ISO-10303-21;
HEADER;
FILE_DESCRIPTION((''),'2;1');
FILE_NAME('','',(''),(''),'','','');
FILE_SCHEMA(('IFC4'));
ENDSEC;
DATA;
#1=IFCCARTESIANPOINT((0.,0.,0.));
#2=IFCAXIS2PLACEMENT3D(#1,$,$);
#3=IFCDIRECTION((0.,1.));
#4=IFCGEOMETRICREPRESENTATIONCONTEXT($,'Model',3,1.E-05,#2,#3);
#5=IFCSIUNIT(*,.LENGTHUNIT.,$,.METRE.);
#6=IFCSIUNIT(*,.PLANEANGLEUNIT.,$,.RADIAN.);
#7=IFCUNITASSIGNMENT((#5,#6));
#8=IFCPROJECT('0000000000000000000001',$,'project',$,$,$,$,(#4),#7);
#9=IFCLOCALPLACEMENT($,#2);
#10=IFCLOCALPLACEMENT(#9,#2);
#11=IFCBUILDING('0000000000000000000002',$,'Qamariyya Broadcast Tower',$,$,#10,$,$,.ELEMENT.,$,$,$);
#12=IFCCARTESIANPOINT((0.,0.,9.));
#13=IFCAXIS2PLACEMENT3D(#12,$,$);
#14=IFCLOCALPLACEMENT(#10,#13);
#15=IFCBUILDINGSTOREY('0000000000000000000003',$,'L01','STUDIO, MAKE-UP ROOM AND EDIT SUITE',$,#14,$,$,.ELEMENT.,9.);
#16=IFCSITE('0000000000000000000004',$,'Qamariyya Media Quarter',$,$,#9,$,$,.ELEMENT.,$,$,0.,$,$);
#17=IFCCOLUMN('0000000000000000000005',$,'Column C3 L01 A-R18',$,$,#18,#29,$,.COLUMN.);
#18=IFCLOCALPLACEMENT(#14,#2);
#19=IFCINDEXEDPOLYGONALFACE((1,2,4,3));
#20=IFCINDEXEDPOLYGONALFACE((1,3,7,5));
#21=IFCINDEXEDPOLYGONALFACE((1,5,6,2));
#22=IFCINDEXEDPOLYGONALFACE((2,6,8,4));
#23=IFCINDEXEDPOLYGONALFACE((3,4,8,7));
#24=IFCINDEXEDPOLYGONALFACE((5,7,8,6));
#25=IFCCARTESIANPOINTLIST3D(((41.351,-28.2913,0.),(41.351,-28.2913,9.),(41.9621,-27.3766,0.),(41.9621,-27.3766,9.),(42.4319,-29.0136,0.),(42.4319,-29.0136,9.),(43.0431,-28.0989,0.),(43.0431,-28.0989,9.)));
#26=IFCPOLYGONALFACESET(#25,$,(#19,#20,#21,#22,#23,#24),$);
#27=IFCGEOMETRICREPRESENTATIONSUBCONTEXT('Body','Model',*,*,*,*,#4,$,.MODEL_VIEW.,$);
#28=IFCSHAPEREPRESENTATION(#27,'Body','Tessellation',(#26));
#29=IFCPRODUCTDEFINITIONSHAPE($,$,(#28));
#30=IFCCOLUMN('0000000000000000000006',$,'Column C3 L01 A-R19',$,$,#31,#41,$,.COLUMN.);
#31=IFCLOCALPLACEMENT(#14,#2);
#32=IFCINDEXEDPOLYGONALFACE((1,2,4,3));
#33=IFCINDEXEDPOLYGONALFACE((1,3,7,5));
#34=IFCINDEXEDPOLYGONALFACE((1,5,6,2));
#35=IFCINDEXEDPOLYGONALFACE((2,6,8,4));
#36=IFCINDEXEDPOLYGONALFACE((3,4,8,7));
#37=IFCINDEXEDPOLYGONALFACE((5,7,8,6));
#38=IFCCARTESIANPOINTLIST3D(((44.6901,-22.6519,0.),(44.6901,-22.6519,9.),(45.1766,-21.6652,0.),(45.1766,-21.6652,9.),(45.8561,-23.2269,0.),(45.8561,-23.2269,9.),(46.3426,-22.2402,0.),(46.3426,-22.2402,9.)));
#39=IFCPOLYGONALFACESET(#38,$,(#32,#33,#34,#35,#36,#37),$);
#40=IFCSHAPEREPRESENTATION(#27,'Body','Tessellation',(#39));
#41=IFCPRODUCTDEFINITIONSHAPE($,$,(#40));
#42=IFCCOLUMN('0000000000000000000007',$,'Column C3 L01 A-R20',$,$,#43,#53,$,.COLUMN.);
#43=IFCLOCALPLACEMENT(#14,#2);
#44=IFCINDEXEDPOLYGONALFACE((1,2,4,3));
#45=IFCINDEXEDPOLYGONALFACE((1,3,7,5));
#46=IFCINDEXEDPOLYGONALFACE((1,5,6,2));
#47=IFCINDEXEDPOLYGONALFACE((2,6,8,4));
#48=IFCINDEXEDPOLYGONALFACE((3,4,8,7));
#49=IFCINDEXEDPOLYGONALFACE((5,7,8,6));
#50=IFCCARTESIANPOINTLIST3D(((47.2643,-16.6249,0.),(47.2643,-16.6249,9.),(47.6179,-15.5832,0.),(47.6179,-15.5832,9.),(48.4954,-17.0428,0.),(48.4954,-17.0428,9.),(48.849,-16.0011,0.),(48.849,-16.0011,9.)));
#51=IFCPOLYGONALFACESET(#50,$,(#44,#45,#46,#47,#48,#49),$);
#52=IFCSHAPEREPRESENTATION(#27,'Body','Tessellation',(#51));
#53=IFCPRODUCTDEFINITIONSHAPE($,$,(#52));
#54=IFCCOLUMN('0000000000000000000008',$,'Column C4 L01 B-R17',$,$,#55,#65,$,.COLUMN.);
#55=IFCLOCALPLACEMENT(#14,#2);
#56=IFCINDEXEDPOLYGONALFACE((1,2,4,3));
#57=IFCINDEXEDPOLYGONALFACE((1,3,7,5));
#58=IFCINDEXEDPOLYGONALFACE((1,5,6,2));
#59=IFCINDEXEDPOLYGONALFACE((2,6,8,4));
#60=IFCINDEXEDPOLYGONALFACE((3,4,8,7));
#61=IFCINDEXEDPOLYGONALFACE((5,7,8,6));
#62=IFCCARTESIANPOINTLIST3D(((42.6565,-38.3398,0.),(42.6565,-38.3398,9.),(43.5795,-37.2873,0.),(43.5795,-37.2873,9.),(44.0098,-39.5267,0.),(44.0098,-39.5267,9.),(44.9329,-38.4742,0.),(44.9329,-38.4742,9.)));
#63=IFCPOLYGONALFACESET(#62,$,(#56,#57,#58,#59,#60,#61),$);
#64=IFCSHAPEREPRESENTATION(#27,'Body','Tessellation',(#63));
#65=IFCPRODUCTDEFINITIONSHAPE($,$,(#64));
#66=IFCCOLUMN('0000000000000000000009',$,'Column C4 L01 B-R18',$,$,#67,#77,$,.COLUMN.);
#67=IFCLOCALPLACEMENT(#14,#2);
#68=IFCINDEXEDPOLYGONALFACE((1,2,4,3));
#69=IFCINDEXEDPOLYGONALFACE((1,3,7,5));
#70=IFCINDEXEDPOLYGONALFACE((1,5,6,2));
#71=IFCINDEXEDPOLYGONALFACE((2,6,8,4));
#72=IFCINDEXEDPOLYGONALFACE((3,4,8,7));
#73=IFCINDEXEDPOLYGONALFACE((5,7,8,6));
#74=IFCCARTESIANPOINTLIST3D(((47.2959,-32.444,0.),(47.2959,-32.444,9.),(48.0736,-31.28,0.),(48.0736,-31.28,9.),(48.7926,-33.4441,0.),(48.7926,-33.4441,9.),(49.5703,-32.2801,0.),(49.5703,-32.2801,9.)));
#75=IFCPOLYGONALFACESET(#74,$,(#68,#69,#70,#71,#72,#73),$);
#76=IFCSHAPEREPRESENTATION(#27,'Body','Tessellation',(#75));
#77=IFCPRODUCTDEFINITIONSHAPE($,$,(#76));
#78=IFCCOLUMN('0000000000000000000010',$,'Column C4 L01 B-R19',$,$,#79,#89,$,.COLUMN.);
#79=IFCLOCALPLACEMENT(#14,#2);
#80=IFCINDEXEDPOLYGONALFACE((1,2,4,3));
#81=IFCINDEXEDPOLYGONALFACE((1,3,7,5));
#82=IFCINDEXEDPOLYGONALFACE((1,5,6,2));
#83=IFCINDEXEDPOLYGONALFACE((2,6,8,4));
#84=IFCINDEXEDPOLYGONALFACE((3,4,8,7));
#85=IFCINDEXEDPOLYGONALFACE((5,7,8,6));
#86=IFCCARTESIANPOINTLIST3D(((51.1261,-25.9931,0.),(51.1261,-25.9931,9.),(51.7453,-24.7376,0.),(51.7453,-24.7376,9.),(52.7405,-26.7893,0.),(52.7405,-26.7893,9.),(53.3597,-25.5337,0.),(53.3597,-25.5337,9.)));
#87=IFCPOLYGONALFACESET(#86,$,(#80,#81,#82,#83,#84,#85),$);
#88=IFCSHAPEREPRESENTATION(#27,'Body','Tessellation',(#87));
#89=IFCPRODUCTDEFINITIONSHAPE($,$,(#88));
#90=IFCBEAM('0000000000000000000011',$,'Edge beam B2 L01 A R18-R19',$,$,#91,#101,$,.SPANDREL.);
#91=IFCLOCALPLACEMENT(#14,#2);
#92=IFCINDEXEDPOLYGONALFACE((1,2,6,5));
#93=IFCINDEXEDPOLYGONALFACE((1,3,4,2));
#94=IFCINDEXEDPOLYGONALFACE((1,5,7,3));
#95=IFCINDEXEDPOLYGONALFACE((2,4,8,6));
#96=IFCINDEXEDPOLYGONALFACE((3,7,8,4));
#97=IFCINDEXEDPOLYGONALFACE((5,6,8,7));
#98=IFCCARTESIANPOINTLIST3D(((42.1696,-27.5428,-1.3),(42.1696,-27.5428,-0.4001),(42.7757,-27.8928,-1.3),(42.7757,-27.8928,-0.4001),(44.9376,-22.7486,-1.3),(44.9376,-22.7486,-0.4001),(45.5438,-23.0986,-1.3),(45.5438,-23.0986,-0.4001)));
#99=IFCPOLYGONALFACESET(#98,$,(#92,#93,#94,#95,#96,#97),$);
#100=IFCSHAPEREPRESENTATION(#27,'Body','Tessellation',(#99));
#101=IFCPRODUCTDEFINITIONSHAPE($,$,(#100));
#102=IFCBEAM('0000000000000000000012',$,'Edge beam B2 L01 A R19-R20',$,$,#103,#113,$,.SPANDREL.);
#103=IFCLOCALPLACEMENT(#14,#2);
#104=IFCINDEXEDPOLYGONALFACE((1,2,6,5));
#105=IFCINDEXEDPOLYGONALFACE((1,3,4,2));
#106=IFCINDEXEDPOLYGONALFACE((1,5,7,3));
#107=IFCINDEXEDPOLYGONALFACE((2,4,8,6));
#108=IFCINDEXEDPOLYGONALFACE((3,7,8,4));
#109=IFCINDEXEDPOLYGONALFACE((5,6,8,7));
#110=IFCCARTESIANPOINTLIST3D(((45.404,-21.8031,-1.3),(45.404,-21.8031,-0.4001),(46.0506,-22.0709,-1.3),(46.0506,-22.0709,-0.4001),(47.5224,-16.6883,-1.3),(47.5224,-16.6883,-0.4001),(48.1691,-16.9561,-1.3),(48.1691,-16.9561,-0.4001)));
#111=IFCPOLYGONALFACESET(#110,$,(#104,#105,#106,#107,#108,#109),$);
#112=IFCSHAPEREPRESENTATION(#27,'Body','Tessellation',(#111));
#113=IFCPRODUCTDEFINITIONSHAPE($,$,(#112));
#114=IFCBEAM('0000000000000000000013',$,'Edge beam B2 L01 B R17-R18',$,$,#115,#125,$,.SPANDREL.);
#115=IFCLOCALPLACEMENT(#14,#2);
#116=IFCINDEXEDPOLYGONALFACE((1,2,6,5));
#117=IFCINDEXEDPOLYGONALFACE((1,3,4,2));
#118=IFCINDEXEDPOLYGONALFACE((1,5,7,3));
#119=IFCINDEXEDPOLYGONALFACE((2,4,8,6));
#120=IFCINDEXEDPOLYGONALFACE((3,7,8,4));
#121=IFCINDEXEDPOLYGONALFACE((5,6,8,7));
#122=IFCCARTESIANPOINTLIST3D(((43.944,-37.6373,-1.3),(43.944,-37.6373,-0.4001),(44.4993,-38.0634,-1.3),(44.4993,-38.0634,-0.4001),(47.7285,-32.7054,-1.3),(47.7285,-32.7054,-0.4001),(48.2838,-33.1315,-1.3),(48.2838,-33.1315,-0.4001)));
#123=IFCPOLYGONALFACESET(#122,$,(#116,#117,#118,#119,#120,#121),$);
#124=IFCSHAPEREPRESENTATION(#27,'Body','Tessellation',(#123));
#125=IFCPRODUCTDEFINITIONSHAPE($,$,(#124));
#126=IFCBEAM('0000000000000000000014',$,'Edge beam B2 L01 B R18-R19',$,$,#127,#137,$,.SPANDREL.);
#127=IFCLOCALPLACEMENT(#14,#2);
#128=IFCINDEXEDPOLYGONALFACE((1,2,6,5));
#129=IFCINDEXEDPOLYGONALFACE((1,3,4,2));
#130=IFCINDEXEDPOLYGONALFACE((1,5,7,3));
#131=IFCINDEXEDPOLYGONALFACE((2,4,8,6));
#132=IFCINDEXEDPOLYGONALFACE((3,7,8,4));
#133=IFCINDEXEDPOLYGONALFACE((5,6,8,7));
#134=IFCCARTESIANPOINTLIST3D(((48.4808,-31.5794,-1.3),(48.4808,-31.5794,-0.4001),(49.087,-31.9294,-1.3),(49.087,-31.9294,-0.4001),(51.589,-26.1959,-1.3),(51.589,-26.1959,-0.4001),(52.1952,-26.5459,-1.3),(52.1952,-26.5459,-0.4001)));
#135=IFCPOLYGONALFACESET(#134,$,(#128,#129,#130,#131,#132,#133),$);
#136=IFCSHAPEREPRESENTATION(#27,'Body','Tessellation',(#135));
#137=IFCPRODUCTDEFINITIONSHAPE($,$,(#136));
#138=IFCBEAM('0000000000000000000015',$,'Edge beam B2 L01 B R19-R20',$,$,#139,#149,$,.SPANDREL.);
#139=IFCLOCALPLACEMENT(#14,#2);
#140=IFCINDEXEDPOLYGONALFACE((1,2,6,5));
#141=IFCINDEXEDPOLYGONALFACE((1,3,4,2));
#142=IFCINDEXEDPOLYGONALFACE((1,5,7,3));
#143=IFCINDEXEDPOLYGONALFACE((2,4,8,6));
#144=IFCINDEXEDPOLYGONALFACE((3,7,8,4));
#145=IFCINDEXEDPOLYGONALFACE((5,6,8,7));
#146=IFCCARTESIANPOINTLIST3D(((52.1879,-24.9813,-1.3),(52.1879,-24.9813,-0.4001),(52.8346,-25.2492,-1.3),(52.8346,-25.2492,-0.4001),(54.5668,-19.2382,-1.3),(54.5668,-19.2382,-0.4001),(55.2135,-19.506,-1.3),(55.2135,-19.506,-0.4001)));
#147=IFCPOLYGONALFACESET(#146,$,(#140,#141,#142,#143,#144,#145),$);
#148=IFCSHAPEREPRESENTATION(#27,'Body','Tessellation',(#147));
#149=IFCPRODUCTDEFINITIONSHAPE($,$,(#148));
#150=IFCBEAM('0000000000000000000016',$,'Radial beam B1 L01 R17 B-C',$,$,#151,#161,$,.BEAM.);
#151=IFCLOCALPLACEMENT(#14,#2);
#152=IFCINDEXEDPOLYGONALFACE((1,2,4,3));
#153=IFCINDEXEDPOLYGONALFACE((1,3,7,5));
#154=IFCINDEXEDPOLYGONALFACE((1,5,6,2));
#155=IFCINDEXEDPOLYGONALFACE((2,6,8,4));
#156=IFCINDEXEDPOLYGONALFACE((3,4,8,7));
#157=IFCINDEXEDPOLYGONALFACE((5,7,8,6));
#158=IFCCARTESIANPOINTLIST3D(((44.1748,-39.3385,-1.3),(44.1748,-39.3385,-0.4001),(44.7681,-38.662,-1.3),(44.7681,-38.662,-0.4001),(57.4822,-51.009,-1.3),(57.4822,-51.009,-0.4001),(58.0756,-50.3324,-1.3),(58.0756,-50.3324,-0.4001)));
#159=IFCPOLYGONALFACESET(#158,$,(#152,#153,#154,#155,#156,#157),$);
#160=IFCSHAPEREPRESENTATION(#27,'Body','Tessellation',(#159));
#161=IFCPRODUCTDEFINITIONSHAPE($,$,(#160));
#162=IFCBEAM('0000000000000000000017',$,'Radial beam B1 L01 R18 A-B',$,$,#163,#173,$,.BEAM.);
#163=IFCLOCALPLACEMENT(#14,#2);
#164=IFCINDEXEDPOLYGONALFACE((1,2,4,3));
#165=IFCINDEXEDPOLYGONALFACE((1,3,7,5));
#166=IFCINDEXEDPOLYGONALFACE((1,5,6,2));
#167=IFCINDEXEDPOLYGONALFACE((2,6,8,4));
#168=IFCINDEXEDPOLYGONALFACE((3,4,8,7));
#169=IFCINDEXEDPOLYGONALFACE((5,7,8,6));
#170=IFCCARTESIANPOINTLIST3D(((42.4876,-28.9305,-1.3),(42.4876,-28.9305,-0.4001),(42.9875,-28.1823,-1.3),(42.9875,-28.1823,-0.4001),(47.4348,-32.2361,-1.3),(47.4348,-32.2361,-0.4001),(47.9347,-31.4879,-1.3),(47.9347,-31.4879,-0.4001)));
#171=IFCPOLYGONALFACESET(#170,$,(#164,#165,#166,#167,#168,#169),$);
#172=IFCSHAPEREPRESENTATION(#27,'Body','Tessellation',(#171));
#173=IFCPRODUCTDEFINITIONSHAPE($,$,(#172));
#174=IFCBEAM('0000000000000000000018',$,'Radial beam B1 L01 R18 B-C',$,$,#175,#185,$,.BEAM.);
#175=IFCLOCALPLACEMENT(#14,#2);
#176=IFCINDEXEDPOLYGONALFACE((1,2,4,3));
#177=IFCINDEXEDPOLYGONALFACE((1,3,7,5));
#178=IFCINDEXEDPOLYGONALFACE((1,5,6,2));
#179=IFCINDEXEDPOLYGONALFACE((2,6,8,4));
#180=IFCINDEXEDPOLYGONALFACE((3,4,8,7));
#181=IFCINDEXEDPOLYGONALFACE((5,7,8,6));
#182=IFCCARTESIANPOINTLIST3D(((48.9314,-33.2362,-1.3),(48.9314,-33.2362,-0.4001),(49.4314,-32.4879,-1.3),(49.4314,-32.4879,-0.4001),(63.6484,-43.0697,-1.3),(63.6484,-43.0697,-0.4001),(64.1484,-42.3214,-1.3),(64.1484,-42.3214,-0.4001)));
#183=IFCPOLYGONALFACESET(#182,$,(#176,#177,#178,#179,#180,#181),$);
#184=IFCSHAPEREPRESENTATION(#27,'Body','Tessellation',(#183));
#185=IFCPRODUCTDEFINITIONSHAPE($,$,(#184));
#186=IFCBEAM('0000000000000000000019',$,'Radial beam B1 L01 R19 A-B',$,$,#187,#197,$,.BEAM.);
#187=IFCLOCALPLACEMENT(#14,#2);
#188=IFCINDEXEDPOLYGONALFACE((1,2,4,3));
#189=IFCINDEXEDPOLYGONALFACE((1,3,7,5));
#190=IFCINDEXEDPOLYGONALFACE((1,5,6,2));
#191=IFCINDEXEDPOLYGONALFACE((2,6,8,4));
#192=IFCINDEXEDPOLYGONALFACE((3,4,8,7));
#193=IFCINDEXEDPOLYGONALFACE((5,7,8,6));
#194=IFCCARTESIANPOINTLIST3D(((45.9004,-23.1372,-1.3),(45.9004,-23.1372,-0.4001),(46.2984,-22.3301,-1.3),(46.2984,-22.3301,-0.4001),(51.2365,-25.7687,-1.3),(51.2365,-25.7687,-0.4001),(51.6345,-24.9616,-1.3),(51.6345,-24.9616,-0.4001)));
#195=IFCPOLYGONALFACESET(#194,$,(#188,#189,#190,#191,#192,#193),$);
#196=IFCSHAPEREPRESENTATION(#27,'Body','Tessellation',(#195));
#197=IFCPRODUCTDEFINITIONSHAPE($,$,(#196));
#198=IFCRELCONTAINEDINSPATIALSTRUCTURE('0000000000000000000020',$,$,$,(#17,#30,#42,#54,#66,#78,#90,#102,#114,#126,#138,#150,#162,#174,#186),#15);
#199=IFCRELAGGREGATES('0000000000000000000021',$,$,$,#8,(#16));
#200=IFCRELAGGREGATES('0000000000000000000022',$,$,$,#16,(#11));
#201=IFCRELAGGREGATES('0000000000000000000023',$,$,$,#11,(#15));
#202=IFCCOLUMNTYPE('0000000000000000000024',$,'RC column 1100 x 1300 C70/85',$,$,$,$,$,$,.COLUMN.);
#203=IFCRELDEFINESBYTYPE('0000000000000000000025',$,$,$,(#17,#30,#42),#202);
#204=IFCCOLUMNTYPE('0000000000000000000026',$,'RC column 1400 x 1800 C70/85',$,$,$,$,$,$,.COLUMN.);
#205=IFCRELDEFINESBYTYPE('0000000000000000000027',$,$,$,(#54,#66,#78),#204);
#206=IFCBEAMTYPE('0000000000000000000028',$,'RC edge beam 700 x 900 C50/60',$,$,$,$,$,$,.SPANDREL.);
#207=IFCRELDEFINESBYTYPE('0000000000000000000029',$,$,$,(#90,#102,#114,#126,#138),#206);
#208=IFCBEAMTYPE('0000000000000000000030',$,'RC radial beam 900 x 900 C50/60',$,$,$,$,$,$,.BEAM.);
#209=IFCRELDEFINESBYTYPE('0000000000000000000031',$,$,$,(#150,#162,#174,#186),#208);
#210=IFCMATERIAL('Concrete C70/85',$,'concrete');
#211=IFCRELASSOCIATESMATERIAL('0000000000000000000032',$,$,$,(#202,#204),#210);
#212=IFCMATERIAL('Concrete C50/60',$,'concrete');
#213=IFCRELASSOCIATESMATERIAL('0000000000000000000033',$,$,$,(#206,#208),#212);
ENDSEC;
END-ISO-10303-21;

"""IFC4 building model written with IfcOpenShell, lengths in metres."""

from ifc_helpers import new_model, si_unit, direction, frame, origin, origin_2d, place, context, subcontext, project, spatial, rectangle, extrude, material, material_profile, profile_set, type_object, element, save


model = new_model("IFC4")

# Units and contexts
model_context = context("Model", 3, precision=1e-05, world=origin(), true_north=direction((0.0, 1.0)))
body_context = subcontext(model_context, "Body", "Model", "MODEL_VIEW")
ifc_project = project(units=[si_unit("LENGTHUNIT", "METRE"), si_unit("PLANEANGLEUNIT", "RADIAN")], contexts=[model_context])

# Site, building, storey
site_placement = place(None, origin())
site = spatial("IfcSite", under=ifc_project, at=site_placement, Name="Qamariyya Media Quarter", CompositionType="ELEMENT", RefElevation=0.0)
building_placement = place(site_placement, origin())
building = spatial("IfcBuilding", under=site, at=building_placement, Name="Qamariyya Broadcast Tower", CompositionType="ELEMENT")
storey_placement = place(building_placement, frame((0.0, 0.0, 9.0)))
storey = spatial("IfcBuildingStorey", under=building, at=storey_placement, Name="L01", Description="STUDIO, MAKE-UP ROOM AND EDIT SUITE", CompositionType="ELEMENT", Elevation=9.0)

# Columns
ifc_material_1 = material(Name="Concrete C70/85", Category="concrete")
ifc_material_profile_1 = material_profile(ifc_material_1, rectangle(XDim=1.1001, YDim=1.3, at=origin_2d()))
ifc_profile_set_1 = profile_set([ifc_material_profile_1], Name="Concrete C70/85")
column_type_1 = type_object("IfcColumnType", Name="RC column 1100 x 1300 C70/85", PredefinedType="COLUMN", material=ifc_profile_set_1)
for number, where, z_axis, x_axis, name in (
    (1, (42.197, -28.1951, 0.0), (0.0, 0.0, 1.0), (0.55557, 0.83147, 0.0), "Column C3 L01 A-R18"),
    (2, (45.5164, -22.446, 0.0), (0.0, 0.0, 1.0), (0.442289, 0.896873, 0.0), "Column C3 L01 A-R19"),
    (3, (48.0566, -16.313, 0.0), (0.0, 0.0, 1.0), (0.321439, 0.94693, 0.0), "Column C3 L01 A-R20"),
):
    element("IfcColumn", number, at=place(storey_placement, frame(where, z_axis=z_axis, x_axis=x_axis)), inside=storey, type_object=column_type_1, Name=name, PredefinedType="COLUMN", context=body_context, shape_type="SweptSolid", body=[
        extrude(rectangle(XDim=1.1001, YDim=1.3, at=origin_2d()), origin(), (0.0, 0.0, 1.0), 9.0),
    ])
ifc_material_profile_2 = material_profile(ifc_material_1, rectangle(XDim=1.3999, YDim=1.8, at=origin_2d()))
ifc_profile_set_2 = profile_set([ifc_material_profile_2], Name="Concrete C70/85")
column_type_2 = type_object("IfcColumnType", Name="RC column 1400 x 1800 C70/85", PredefinedType="COLUMN", material=ifc_profile_set_2)
for number, where, z_axis, x_axis, name in (
    (4, (43.7947, -38.407, 0.0), (0.0, 0.0, 1.0), (0.659346, 0.75184, 0.0), "Column C4 L01 B-R17"),
    (5, (48.4331, -32.3621, 0.0), (0.0, 0.0, 1.0), (0.55557, 0.83147, 0.0), "Column C4 L01 B-R18"),
    (6, (52.2429, -25.7634, 0.0), (0.0, 0.0, 1.0), (0.442289, 0.896873, 0.0), "Column C4 L01 B-R19"),
):
    element("IfcColumn", number, at=place(storey_placement, frame(where, z_axis=z_axis, x_axis=x_axis)), inside=storey, type_object=column_type_2, Name=name, PredefinedType="COLUMN", context=body_context, shape_type="SweptSolid", body=[
        extrude(rectangle(XDim=1.3999, YDim=1.8, at=origin_2d()), origin(), (0.0, 0.0, 1.0), 9.0),
    ])

# Beams
ifc_material_2 = material(Name="Concrete C50/60", Category="concrete")
ifc_material_profile_3 = material_profile(ifc_material_2, rectangle(XDim=0.7, YDim=0.8999, at=origin_2d()))
ifc_profile_set_3 = profile_set([ifc_material_profile_3], Name="Concrete C50/60")
beam_type_1 = type_object("IfcBeamType", Name="RC edge beam 700 x 900 C50/60", PredefinedType="SPANDREL", material=ifc_profile_set_3)
beam_1_placement = place(storey_placement, frame((42.4727, -27.7178, -0.8501), z_axis=(0.500019, 0.866014, 0.0), x_axis=(-0.866014, 0.500019, 0.0)))
element("IfcBeam", 7, at=beam_1_placement, inside=storey, type_object=beam_type_1, Name="Edge beam B2 L01 A R18-R19", PredefinedType="SPANDREL", context=body_context, shape_type="SweptSolid", body=[
    extrude(rectangle(XDim=0.7, YDim=0.8999, at=origin_2d()), origin(), (0.0, 0.0, 1.0), 5.5359),
])
beam_2_placement = place(storey_placement, frame((45.7273, -21.937, -0.8501), z_axis=(0.382654, 0.923892, 0.0), x_axis=(-0.923892, 0.382654, 0.0)))
element("IfcBeam", 8, at=beam_2_placement, inside=storey, type_object=beam_type_1, Name="Edge beam B2 L01 A R19-R20", PredefinedType="SPANDREL", context=body_context, shape_type="SweptSolid", body=[
    extrude(rectangle(XDim=0.7, YDim=0.8999, at=origin_2d()), origin(), (0.0, 0.0, 1.0), 5.5361),
])
beam_3_placement = place(storey_placement, frame((44.2217, -37.8503, -0.8501), z_axis=(0.608767, 0.793349, 0.0), x_axis=(-0.793349, 0.608767, 0.0)))
element("IfcBeam", 9, at=beam_3_placement, inside=storey, type_object=beam_type_1, Name="Edge beam B2 L01 B R17-R18", PredefinedType="SPANDREL", context=body_context, shape_type="SweptSolid", body=[
    extrude(rectangle(XDim=0.7, YDim=0.8999, at=origin_2d()), origin(), (0.0, 0.0, 1.0), 6.2166),
])
for number, where, z_axis, x_axis, name in (
    (10, (48.7839, -31.7544, -0.8501), (0.499996, 0.866028, 0.0), (-0.866028, 0.499996, 0.0), "Edge beam B2 L01 B R18-R19"),
    (11, (52.5112, -25.1152, -0.8501), (0.382685, 0.923879, 0.0), (-0.923879, 0.382685, 0.0), "Edge beam B2 L01 B R19-R20"),
):
    element("IfcBeam", number, at=place(storey_placement, frame(where, z_axis=z_axis, x_axis=x_axis)), inside=storey, type_object=beam_type_1, Name=name, PredefinedType="SPANDREL", context=body_context, shape_type="SweptSolid", body=[
        extrude(rectangle(XDim=0.7, YDim=0.8999, at=origin_2d()), origin(), (0.0, 0.0, 1.0), 6.2163),
    ])
ifc_material_profile_4 = material_profile(ifc_material_2, rectangle(XDim=0.8999, YDim=0.8999, at=origin_2d()))
ifc_profile_set_4 = profile_set([ifc_material_profile_4], Name="Concrete C50/60")
beam_type_2 = type_object("IfcBeamType", Name="RC radial beam 900 x 900 C50/60", PredefinedType="BEAM", material=ifc_profile_set_4)
beam_4_placement = place(storey_placement, frame((44.4714, -39.0002, -0.8501), z_axis=(0.751835, -0.659351, 0.0), x_axis=(0.659351, 0.751835, 0.0)))
element("IfcBeam", 12, at=beam_4_placement, inside=storey, type_object=beam_type_2, Name="Radial beam B1 L01 R17 B-C", PredefinedType="BEAM", context=body_context, shape_type="SweptSolid", body=[
    extrude(rectangle(XDim=0.8999, YDim=0.8999, at=origin_2d()), origin(), (0.0, 0.0, 1.0), 17.7),
])
beam_5_placement = place(storey_placement, frame((42.7375, -28.5564, -0.8501), z_axis=(0.831469, -0.555571, 0.0), x_axis=(0.555571, 0.831469, 0.0)))
element("IfcBeam", 13, at=beam_5_placement, inside=storey, type_object=beam_type_2, Name="Radial beam B1 L01 R18 A-B", PredefinedType="BEAM", context=body_context, shape_type="SweptSolid", body=[
    extrude(rectangle(XDim=0.8999, YDim=0.8999, at=origin_2d()), origin(), (0.0, 0.0, 1.0), 5.95),
])
beam_6_placement = place(storey_placement, frame((49.1814, -32.8621, -0.8501), z_axis=(0.831473, -0.555566, 0.0), x_axis=(0.555566, 0.831473, 0.0)))
element("IfcBeam", 14, at=beam_6_placement, inside=storey, type_object=beam_type_2, Name="Radial beam B1 L01 R18 B-C", PredefinedType="BEAM", context=body_context, shape_type="SweptSolid", body=[
    extrude(rectangle(XDim=0.8999, YDim=0.8999, at=origin_2d()), origin(), (0.0, 0.0, 1.0), 17.7),
])
beam_7_placement = place(storey_placement, frame((46.0994, -22.7336, -0.8501), z_axis=(0.896868, -0.442299, 0.0), x_axis=(0.442299, 0.896868, 0.0)))
element("IfcBeam", 15, at=beam_7_placement, inside=storey, type_object=beam_type_2, Name="Radial beam B1 L01 R19 A-B", PredefinedType="BEAM", context=body_context, shape_type="SweptSolid", body=[
    extrude(rectangle(XDim=0.8999, YDim=0.8999, at=origin_2d()), origin(), (0.0, 0.0, 1.0), 5.9497),
])

save(model, "model.ifc")
